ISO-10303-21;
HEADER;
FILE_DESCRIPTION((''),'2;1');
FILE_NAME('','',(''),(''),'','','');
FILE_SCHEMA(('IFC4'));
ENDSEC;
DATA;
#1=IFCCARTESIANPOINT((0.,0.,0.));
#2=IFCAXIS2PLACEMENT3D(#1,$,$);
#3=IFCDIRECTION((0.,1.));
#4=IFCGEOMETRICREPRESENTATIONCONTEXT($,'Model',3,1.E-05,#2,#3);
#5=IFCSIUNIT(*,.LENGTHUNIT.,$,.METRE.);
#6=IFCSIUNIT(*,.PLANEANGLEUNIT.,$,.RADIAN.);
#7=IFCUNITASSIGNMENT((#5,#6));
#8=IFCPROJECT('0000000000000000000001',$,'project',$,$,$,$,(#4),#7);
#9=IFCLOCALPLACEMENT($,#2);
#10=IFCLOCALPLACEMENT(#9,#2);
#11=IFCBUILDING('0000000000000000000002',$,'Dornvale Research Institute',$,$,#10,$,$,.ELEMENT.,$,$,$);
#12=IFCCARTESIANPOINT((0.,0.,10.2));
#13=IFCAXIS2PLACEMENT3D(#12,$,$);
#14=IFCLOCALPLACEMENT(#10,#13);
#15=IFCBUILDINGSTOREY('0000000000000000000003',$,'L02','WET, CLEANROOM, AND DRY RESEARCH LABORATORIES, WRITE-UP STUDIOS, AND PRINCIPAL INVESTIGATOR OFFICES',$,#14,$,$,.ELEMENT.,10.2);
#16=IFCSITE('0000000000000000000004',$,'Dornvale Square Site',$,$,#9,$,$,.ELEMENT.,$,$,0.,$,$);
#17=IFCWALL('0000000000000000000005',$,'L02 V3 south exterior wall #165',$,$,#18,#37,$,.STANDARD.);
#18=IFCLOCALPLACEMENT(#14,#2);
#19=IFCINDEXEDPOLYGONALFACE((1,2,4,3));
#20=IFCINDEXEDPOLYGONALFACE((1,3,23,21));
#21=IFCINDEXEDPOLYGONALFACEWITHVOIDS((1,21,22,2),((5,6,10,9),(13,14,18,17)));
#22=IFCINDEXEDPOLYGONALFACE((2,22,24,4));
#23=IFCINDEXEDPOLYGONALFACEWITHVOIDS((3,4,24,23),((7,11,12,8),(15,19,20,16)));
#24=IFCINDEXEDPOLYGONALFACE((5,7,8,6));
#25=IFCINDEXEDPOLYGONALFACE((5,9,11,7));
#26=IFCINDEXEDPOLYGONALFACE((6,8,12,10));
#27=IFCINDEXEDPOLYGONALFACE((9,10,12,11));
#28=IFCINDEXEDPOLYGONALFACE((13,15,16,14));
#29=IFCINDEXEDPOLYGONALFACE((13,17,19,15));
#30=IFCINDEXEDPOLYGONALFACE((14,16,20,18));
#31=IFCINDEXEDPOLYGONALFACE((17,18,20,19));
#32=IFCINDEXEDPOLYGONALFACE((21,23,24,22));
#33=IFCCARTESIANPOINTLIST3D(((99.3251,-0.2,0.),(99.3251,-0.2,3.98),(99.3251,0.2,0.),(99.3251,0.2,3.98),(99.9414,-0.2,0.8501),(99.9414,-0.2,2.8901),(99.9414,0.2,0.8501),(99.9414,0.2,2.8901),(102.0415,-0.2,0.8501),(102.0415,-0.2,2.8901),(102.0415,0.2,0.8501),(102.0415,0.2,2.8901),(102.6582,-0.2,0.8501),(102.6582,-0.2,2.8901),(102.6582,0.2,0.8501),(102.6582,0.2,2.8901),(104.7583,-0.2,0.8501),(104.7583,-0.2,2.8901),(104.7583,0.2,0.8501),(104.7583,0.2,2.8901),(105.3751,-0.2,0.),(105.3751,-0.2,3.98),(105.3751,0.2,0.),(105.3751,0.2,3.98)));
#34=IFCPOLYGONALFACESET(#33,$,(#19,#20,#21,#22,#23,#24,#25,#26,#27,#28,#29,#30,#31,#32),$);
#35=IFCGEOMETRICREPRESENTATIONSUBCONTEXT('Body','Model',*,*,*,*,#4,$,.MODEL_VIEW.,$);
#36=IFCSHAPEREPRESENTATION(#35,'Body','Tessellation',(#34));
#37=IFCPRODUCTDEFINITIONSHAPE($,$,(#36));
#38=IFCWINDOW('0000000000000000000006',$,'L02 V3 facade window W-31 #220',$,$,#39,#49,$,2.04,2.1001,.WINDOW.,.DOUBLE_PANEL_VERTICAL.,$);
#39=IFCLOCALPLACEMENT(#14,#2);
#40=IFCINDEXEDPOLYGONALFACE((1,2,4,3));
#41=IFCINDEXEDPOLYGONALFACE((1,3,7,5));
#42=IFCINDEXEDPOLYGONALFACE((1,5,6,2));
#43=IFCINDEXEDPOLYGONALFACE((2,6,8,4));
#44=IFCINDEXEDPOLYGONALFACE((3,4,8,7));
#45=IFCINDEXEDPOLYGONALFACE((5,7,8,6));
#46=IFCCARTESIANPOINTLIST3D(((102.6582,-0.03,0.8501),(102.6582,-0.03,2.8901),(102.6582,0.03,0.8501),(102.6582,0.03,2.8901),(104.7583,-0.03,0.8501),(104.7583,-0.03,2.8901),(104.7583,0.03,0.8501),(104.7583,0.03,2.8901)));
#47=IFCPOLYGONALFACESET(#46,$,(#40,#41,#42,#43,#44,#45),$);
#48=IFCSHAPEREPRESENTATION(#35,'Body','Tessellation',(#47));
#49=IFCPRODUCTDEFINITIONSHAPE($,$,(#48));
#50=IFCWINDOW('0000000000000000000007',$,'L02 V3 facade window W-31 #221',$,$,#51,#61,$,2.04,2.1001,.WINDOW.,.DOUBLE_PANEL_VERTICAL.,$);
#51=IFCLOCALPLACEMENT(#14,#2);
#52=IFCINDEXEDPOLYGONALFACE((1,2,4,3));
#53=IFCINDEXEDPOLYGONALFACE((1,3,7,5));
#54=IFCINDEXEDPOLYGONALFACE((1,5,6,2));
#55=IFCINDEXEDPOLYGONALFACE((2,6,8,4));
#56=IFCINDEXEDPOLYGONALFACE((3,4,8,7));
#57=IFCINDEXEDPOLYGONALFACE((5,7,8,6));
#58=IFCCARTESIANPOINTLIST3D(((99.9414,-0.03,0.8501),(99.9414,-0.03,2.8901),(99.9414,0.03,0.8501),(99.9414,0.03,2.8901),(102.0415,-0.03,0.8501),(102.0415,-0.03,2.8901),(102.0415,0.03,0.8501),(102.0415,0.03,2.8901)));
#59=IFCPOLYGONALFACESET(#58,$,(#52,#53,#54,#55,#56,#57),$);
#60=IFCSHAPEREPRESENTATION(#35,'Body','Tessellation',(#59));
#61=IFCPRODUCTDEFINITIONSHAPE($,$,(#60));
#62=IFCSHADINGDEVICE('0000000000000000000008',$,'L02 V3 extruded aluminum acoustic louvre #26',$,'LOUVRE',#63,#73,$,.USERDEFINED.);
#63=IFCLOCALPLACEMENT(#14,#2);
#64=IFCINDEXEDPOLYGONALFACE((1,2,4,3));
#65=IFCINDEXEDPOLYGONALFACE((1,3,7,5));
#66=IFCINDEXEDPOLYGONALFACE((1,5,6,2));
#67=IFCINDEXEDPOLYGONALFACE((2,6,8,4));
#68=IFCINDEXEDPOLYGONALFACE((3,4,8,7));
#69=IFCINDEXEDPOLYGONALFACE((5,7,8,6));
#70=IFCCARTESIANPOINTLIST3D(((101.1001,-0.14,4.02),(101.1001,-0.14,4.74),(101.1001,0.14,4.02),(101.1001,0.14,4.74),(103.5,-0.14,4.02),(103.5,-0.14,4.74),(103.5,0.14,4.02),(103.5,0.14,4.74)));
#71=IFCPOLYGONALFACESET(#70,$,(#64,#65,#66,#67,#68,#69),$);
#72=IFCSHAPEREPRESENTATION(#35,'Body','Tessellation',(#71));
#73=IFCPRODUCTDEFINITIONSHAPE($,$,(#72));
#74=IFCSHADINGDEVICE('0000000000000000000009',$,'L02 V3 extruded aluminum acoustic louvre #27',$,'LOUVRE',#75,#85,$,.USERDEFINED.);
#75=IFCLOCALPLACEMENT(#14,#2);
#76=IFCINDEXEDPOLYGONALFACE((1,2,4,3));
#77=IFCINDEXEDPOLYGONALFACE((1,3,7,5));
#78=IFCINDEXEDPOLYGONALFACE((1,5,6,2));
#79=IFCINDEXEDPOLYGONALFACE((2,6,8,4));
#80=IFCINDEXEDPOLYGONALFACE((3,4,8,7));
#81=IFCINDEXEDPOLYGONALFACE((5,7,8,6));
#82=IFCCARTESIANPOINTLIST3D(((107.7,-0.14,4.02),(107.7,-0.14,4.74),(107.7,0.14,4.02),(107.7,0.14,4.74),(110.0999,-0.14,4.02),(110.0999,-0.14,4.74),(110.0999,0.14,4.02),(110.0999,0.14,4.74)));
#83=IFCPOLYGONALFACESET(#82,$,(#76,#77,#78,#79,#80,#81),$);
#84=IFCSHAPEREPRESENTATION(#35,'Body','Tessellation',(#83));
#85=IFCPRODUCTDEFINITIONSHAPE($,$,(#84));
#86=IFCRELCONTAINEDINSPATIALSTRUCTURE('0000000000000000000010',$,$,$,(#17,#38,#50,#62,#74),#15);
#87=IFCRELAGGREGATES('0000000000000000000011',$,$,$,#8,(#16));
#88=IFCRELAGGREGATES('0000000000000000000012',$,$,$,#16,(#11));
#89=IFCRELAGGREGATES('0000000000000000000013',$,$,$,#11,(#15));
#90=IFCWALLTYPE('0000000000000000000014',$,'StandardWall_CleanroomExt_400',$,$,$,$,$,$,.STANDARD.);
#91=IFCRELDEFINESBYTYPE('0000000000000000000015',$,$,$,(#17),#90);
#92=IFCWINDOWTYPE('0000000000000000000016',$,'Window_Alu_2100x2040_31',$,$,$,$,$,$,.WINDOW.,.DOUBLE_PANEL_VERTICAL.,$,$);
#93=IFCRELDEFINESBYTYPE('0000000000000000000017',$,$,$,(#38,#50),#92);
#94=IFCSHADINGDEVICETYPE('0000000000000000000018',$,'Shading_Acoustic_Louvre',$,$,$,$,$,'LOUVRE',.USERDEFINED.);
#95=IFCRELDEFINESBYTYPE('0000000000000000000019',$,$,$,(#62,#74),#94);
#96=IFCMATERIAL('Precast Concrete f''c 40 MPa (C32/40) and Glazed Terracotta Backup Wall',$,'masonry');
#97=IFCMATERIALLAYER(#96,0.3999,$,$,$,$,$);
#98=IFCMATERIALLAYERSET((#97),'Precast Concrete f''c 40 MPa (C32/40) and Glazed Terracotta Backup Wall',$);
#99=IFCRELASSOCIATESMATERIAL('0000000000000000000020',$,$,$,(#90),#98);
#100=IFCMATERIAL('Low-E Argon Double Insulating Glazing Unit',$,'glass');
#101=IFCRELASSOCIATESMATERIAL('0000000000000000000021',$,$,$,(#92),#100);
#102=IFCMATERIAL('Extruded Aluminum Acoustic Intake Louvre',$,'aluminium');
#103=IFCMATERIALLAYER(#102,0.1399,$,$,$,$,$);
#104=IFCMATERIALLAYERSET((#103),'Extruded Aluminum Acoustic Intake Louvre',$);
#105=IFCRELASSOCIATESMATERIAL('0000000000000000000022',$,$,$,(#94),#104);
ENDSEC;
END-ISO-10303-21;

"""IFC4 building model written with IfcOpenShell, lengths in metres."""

from ifc_helpers import new_model, si_unit, direction, frame, frame_2d, origin, origin_2d, place, context, subcontext, project, spatial, rectangle, extrude, material, layer, layer_set, type_object, element, fill, save


model = new_model("IFC4")

# Units and contexts
model_context = context("Model", 3, precision=1e-05, world=origin(), true_north=direction((0.0, 1.0)))
body_context = subcontext(model_context, "Body", "Model", "MODEL_VIEW")
ifc_project = project(units=[si_unit("LENGTHUNIT", "METRE"), si_unit("PLANEANGLEUNIT", "RADIAN")], contexts=[model_context])

# Site, building, storey
site_placement = place(None, origin())
site = spatial("IfcSite", under=ifc_project, at=site_placement, Name="Dornvale Square Site", CompositionType="ELEMENT", RefElevation=0.0)
building_placement = place(site_placement, origin())
building = spatial("IfcBuilding", under=site, at=building_placement, Name="Dornvale Research Institute", CompositionType="ELEMENT")
storey_placement = place(building_placement, frame((0.0, 0.0, 10.2)))
storey = spatial("IfcBuildingStorey", under=building, at=storey_placement, Name="L02", Description="WET, CLEANROOM, AND DRY RESEARCH LABORATORIES, WRITE-UP STUDIOS, AND PRINCIPAL INVESTIGATOR OFFICES", CompositionType="ELEMENT", Elevation=10.2)

# Wall, openings, windows
ifc_material_1 = material(Name="Precast Concrete f'c 40 MPa (C32/40) and Glazed Terracotta Backup Wall", Category="masonry")
ifc_layer_1 = layer(ifc_material_1, 0.3999)
ifc_layer_set_1 = layer_set([ifc_layer_1], Name="Precast Concrete f'c 40 MPa (C32/40) and Glazed Terracotta Backup Wall")
wall_type = type_object("IfcWallType", Name="StandardWall_CleanroomExt_400", PredefinedType="STANDARD", material=ifc_layer_set_1)
wall_1_placement = place(storey_placement, frame((105.375, 0.0, 0.0), z_axis=(0.0, 0.0, 1.0), x_axis=(-1.0, 0.0, 0.0)))
wall_1 = element("IfcWall", 1, at=wall_1_placement, inside=storey, type_object=wall_type, Name="L02 V3 south exterior wall #165", PredefinedType="STANDARD", context=body_context, shape_type="SweptSolid", body=[
    extrude(rectangle(XDim=6.05, YDim=0.3999, at=frame_2d((3.0249, 0.0))), origin(), (0.0, 0.0, 1.0), 3.98),
])
opening_1_placement = place(wall_1_placement, frame((0.6167, 0.0, 0.8501)))
opening_1 = element("IfcOpeningElement", 2, at=opening_1_placement, cuts=wall_1, PredefinedType="OPENING", context=body_context, shape_type="SweptSolid", body=[
    extrude(rectangle(XDim=2.1001, YDim=2.04, at=frame_2d((1.05, 1.02))), frame((0.0, 0.2148, 0.0), z_axis=(0.0, -1.0, 0.0), x_axis=(1.0, 0.0, 0.0)), (0.0, 0.0, 1.0), 0.4299),
])
opening_2_placement = place(wall_1_placement, frame((3.3335, 0.0, 0.8501)))
opening_2 = element("IfcOpeningElement", 3, at=opening_2_placement, cuts=wall_1, PredefinedType="OPENING", context=body_context, shape_type="SweptSolid", body=[
    extrude(rectangle(XDim=2.1001, YDim=2.04, at=frame_2d((1.05, 1.02))), frame((0.0, 0.2148, 0.0), z_axis=(0.0, -1.0, 0.0), x_axis=(1.0, 0.0, 0.0)), (0.0, 0.0, 1.0), 0.4299),
])
ifc_material_2 = material(Name="Low-E Argon Double Insulating Glazing Unit", Category="glass")
window_type_1 = type_object("IfcWindowType", Name="Window_Alu_2100x2040_31", PartitioningType="DOUBLE_PANEL_VERTICAL", PredefinedType="WINDOW", material=ifc_material_2)
window_1_placement = place(opening_1_placement, origin())
window_1 = element("IfcWindow", 4, at=window_1_placement, inside=storey, type_object=window_type_1, Name="L02 V3 facade window W-31 #220", OverallHeight=2.04, OverallWidth=2.1001, PartitioningType="DOUBLE_PANEL_VERTICAL", PredefinedType="WINDOW", context=body_context, shape_type="SweptSolid", body=[
    extrude(rectangle(XDim=2.1001, YDim=2.04, at=frame_2d((1.05, 1.02))), frame((0.0, 0.03, 0.0), z_axis=(0.0, -1.0, 0.0), x_axis=(1.0, 0.0, 0.0)), (0.0, 0.0, 1.0), 0.0601),
])
fill(opening_1, window_1)
window_2_placement = place(opening_2_placement, origin())
window_2 = element("IfcWindow", 5, at=window_2_placement, inside=storey, type_object=window_type_1, Name="L02 V3 facade window W-31 #221", OverallHeight=2.04, OverallWidth=2.1001, PartitioningType="DOUBLE_PANEL_VERTICAL", PredefinedType="WINDOW", context=body_context, shape_type="SweptSolid", body=[
    extrude(rectangle(XDim=2.1001, YDim=2.04, at=frame_2d((1.05, 1.02))), frame((0.0, 0.03, 0.0), z_axis=(0.0, -1.0, 0.0), x_axis=(1.0, 0.0, 0.0)), (0.0, 0.0, 1.0), 0.0601),
])
fill(opening_2, window_2)

# Shading devices
ifc_material_3 = material(Name="Extruded Aluminum Acoustic Intake Louvre", Category="aluminium")
ifc_layer_2 = layer(ifc_material_3, 0.1399)
ifc_layer_set_2 = layer_set([ifc_layer_2], Name="Extruded Aluminum Acoustic Intake Louvre")
shading_device_type = type_object("IfcShadingDeviceType", Name="Shading_Acoustic_Louvre", ElementType="LOUVRE", PredefinedType="USERDEFINED", material=ifc_layer_set_2)
for number, where, z_axis, x_axis, name in (
    (6, (102.3, 0.0, 4.02), (0.0, 0.0, 1.0), (1.0, 0.0, 0.0), "L02 V3 extruded aluminum acoustic louvre #26"),
    (7, (108.8999, 0.0, 4.02), (0.0, 0.0, 1.0), (1.0, 0.0, 0.0), "L02 V3 extruded aluminum acoustic louvre #27"),
):
    element("IfcShadingDevice", number, at=place(storey_placement, frame(where, z_axis=z_axis, x_axis=x_axis)), inside=storey, type_object=shading_device_type, Name=name, ObjectType="LOUVRE", PredefinedType="USERDEFINED", context=body_context, shape_type="SweptSolid", body=[
        extrude(rectangle(XDim=2.3999, YDim=0.28, at=origin_2d()), origin(), (0.0, 0.0, 1.0), 0.72),
    ])

save(model, "model.ifc")
